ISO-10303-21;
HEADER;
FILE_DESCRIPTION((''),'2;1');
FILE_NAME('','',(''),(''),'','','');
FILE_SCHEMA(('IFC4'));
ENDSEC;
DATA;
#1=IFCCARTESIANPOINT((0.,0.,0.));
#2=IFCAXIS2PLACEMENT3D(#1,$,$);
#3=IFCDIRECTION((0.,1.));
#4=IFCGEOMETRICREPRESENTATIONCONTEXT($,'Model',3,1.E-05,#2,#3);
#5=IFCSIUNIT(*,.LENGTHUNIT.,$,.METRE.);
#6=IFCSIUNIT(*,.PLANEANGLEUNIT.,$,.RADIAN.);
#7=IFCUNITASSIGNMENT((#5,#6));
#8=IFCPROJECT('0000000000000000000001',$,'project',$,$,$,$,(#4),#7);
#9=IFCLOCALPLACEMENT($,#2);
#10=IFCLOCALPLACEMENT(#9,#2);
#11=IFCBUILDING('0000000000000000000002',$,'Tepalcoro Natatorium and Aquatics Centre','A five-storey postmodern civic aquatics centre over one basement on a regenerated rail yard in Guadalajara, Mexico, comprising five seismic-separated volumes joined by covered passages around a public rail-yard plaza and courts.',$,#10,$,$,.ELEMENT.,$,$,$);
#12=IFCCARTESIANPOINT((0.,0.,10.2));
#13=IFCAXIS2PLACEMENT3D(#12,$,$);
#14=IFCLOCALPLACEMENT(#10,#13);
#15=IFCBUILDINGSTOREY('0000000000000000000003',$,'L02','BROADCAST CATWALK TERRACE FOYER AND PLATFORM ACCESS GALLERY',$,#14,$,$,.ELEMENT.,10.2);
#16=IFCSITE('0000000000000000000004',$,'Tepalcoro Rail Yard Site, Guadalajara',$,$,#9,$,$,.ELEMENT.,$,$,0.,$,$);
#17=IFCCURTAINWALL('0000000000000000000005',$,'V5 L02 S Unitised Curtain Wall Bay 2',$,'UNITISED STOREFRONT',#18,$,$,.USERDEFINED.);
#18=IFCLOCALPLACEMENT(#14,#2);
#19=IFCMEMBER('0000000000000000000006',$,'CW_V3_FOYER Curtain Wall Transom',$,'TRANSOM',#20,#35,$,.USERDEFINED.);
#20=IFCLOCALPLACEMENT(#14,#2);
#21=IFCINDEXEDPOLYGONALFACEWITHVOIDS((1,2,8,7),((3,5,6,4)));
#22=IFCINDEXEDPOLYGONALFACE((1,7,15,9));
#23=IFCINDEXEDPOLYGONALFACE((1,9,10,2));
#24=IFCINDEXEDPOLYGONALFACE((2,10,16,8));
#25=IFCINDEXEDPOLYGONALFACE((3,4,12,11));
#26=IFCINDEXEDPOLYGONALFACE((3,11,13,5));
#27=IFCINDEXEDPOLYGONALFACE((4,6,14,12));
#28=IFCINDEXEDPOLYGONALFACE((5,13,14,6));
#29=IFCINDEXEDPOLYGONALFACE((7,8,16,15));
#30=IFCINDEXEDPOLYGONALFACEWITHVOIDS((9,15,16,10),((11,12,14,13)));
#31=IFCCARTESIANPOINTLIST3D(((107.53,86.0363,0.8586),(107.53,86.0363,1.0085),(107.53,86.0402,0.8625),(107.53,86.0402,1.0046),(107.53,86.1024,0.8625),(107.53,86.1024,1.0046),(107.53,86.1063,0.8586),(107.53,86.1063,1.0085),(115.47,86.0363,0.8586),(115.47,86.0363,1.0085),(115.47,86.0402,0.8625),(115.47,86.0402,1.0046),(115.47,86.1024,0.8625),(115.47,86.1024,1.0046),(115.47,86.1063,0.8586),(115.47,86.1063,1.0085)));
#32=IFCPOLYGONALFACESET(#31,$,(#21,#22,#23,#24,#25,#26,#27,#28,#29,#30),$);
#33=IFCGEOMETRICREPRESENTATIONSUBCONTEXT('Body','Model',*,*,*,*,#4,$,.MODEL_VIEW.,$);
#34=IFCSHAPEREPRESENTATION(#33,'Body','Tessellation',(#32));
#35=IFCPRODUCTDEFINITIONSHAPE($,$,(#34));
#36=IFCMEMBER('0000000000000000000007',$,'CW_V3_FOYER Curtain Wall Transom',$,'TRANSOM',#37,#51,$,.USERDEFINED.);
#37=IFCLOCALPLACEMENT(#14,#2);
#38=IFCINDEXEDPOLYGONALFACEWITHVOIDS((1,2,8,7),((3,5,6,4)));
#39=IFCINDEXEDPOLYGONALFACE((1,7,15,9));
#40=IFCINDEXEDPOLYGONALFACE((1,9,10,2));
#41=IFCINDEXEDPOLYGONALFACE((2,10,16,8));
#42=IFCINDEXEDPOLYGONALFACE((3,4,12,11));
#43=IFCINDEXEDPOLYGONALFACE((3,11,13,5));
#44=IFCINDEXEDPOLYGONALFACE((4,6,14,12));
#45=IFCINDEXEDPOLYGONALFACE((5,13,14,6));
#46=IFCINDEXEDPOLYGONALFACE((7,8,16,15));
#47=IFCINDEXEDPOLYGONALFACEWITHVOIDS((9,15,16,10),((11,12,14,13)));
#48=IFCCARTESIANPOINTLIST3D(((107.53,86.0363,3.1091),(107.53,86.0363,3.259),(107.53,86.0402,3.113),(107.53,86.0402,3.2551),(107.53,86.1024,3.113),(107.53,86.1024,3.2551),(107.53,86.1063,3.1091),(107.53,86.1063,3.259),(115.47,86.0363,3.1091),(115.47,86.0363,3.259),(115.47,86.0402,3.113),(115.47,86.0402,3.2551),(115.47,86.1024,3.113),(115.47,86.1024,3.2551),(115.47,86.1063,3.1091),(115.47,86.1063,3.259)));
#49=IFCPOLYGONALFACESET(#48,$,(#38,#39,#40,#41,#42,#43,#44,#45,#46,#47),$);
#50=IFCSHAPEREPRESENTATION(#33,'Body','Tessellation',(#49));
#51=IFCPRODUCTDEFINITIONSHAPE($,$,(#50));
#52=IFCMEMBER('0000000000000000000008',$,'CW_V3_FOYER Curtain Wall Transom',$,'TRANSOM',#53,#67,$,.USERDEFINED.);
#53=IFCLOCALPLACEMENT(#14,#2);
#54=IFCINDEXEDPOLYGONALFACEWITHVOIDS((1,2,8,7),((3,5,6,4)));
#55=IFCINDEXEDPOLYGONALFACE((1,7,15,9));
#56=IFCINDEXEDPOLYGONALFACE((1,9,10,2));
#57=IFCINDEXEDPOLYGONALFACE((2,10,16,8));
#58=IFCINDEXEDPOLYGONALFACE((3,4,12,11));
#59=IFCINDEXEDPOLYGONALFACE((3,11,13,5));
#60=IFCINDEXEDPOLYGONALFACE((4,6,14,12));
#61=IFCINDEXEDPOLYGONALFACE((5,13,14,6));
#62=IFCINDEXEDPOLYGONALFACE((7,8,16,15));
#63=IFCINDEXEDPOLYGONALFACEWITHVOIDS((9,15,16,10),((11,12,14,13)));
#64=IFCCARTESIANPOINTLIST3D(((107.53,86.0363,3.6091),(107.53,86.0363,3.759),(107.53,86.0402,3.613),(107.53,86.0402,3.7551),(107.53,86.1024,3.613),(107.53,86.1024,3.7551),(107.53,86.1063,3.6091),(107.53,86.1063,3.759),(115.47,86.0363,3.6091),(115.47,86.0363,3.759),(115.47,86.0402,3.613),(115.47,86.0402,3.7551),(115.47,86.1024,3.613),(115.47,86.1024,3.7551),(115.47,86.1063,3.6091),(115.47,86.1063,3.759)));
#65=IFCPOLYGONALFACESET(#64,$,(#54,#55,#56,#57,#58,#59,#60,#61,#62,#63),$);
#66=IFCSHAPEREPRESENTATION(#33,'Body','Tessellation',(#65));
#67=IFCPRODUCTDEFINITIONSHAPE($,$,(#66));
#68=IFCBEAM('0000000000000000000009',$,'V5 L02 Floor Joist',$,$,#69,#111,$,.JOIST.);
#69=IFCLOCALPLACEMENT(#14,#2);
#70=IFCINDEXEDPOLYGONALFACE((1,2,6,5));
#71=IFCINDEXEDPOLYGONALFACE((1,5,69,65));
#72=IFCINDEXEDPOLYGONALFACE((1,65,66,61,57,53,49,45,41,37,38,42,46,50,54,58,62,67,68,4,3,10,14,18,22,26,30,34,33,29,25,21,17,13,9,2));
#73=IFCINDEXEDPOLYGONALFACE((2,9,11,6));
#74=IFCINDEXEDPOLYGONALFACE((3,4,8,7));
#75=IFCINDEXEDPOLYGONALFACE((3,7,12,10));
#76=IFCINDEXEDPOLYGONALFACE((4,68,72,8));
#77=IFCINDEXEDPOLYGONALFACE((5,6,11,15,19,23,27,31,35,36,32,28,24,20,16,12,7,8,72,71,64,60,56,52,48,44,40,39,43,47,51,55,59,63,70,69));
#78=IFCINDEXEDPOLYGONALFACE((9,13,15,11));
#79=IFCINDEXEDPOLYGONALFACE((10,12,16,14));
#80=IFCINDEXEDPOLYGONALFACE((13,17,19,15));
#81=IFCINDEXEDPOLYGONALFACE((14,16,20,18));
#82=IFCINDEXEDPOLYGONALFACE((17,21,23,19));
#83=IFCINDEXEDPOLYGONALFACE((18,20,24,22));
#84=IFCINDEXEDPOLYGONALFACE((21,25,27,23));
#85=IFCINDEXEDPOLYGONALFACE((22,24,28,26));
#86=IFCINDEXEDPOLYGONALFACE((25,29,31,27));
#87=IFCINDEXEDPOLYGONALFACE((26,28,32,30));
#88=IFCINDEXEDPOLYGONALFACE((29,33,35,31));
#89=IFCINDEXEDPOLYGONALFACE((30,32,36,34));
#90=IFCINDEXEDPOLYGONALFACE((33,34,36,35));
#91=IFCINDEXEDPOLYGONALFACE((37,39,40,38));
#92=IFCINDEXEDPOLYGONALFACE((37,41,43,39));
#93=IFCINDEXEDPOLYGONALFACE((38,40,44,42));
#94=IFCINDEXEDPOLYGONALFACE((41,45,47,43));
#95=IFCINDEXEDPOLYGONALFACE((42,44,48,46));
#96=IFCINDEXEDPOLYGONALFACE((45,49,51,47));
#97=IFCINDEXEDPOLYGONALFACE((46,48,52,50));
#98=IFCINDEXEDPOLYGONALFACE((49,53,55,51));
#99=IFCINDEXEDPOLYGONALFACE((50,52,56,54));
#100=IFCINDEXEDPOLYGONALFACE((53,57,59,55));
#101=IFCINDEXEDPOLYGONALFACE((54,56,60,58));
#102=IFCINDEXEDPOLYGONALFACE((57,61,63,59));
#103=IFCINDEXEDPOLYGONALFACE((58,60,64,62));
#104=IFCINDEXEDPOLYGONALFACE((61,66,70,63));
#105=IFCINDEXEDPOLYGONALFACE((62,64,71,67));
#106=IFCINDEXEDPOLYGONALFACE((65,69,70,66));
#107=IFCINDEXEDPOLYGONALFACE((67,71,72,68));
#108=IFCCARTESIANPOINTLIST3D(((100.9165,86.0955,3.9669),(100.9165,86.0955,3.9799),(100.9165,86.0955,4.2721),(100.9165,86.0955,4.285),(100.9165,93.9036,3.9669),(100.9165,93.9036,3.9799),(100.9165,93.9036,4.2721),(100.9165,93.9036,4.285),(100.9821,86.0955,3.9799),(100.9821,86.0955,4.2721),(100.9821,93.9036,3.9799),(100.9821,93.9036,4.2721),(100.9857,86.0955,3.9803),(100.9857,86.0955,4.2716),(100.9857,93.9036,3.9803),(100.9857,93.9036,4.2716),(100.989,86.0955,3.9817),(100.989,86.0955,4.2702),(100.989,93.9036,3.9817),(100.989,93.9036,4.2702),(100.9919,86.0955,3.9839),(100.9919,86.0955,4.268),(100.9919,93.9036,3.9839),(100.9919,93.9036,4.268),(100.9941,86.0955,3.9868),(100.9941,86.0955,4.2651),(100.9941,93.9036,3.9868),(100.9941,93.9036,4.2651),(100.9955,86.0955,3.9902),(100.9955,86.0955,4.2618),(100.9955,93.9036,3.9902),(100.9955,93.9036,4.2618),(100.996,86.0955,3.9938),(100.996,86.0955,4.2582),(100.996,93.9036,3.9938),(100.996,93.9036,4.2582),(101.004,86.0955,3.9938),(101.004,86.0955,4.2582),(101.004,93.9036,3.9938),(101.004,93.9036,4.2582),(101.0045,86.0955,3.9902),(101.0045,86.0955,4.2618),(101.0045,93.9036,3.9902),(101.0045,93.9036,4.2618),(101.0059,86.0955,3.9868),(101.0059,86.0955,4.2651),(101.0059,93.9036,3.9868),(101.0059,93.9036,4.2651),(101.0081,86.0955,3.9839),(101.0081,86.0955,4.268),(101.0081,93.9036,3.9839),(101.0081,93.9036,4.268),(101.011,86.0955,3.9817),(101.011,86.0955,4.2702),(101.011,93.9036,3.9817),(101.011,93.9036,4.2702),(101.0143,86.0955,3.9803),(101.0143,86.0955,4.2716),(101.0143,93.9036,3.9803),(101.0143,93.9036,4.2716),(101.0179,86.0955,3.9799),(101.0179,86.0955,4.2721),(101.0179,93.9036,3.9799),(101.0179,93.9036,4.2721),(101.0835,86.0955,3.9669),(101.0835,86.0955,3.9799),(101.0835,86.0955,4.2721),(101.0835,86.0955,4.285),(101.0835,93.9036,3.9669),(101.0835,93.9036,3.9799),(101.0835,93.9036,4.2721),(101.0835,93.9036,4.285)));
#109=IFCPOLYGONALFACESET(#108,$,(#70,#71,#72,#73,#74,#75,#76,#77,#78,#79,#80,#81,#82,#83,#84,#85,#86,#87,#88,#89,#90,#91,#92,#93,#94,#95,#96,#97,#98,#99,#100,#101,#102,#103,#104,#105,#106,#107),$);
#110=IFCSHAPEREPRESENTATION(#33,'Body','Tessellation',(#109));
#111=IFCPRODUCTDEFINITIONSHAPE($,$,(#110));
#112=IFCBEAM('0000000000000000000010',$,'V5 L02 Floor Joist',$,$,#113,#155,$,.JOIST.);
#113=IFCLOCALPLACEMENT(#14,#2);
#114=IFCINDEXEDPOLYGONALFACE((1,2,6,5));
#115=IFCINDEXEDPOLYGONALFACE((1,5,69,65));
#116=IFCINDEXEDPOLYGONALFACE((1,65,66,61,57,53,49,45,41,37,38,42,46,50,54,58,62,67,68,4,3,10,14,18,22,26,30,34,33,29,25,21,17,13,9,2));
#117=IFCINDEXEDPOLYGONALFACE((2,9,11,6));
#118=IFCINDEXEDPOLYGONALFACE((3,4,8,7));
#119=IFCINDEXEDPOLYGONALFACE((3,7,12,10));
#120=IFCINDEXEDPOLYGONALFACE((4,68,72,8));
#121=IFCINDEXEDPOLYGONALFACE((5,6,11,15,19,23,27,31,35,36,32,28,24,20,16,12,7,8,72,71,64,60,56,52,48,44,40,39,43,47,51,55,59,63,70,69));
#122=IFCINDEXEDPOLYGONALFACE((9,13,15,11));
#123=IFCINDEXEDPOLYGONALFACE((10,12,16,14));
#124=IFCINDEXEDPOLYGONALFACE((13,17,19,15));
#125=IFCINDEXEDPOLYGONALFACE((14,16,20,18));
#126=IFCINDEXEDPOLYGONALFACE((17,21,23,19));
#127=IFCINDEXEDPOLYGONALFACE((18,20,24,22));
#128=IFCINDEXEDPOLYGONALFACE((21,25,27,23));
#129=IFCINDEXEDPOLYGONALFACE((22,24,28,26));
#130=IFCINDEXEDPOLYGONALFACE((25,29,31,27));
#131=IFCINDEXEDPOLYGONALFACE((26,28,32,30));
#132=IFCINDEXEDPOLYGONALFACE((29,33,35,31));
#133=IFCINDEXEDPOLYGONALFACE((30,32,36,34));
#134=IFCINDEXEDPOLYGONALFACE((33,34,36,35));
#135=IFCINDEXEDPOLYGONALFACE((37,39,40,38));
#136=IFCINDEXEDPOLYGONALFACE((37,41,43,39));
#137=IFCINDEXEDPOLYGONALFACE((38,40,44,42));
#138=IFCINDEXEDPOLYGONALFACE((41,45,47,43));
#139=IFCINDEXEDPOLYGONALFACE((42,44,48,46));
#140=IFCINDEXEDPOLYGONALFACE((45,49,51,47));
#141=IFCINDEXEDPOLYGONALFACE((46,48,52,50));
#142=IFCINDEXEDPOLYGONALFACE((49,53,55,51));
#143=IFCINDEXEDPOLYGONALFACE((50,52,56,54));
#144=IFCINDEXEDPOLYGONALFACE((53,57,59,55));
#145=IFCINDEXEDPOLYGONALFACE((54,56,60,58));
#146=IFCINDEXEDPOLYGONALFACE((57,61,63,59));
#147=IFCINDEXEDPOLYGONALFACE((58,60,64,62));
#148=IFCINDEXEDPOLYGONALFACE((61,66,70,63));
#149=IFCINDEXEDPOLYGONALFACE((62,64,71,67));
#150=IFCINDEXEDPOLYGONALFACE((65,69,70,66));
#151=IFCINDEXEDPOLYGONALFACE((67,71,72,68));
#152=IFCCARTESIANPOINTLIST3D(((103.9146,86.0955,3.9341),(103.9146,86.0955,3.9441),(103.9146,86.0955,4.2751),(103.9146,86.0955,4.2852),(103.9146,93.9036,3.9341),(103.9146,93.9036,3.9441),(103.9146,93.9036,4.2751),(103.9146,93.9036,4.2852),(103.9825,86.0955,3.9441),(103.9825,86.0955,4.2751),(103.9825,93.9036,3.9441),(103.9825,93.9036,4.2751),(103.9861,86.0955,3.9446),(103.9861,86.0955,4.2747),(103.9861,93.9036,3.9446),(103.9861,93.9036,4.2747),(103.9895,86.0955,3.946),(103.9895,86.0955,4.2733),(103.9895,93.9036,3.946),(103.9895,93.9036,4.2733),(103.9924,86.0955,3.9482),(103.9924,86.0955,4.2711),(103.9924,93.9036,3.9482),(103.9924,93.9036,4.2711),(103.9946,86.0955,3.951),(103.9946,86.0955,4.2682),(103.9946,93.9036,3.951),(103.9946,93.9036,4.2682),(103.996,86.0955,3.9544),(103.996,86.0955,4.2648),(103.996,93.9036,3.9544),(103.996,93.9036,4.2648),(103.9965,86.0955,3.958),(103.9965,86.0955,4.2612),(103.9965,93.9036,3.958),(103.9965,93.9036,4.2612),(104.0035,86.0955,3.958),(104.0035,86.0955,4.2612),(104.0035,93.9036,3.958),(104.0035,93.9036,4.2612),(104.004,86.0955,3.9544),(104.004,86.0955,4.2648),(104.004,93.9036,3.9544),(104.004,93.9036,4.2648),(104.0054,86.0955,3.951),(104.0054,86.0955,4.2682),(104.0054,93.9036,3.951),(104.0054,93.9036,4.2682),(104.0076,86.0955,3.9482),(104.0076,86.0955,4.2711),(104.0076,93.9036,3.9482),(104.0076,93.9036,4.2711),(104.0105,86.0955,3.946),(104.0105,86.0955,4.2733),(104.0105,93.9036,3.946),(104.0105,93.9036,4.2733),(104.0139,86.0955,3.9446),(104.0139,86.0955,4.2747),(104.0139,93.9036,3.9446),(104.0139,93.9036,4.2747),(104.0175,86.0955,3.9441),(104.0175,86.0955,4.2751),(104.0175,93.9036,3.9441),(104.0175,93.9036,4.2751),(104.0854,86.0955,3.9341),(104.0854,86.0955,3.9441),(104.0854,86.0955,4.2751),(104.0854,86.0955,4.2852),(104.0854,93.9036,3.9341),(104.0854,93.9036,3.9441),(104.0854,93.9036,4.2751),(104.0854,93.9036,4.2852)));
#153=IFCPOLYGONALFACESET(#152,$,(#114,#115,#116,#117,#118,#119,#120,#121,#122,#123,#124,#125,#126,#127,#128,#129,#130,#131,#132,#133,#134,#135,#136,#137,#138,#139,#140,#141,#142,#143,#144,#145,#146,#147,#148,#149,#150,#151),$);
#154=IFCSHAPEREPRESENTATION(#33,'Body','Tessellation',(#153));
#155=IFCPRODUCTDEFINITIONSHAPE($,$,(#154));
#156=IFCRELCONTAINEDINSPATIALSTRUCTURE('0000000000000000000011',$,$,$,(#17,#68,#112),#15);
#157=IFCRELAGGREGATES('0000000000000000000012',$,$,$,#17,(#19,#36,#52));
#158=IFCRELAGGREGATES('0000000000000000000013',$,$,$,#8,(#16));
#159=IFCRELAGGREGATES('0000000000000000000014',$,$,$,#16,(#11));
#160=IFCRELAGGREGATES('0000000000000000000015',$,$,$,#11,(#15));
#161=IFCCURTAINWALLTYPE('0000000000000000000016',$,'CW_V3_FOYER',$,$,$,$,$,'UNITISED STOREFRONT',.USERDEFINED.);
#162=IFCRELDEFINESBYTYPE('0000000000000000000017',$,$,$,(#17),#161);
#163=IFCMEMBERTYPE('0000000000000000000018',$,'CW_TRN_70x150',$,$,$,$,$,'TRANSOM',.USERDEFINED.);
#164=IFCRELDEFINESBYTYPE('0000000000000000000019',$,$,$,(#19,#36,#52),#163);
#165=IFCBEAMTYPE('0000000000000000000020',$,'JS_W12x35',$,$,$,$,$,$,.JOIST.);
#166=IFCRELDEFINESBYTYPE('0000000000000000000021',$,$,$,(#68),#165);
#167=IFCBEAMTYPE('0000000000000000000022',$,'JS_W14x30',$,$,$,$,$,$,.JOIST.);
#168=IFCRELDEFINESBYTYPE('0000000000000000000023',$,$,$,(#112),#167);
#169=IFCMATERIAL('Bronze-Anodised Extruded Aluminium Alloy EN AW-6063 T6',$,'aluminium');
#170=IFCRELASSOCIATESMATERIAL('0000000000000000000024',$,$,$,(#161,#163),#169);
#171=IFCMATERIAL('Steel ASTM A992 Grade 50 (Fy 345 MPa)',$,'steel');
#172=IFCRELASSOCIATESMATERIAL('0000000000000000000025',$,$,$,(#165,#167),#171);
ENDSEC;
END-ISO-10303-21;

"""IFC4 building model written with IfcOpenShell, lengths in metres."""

from ifc_helpers import new_model, si_unit, direction, frame, origin, origin_2d, place, context, subcontext, project, spatial, hollow_rectangle, i_section, extrude, material, material_profile, profile_set, type_object, element, aggregate, save


model = new_model("IFC4")

# Units and contexts
model_context = context("Model", 3, precision=1e-05, world=origin(), true_north=direction((0.0, 1.0)))
body_context = subcontext(model_context, "Body", "Model", "MODEL_VIEW")
ifc_project = project(units=[si_unit("LENGTHUNIT", "METRE"), si_unit("PLANEANGLEUNIT", "RADIAN")], contexts=[model_context])

# Site, building, storey
site_placement = place(None, origin())
site = spatial("IfcSite", under=ifc_project, at=site_placement, Name="Tepalcoro Rail Yard Site, Guadalajara", CompositionType="ELEMENT", RefElevation=0.0)
building_placement = place(site_placement, origin())
building = spatial("IfcBuilding", under=site, at=building_placement, Name="Tepalcoro Natatorium and Aquatics Centre", Description="A five-storey postmodern civic aquatics centre over one basement on a regenerated rail yard in Guadalajara, Mexico, comprising five seismic-separated volumes joined by covered passages around a public rail-yard plaza and courts.", CompositionType="ELEMENT")
storey_placement = place(building_placement, frame((0.0, 0.0, 10.2)))
storey = spatial("IfcBuildingStorey", under=building, at=storey_placement, Name="L02", Description="BROADCAST CATWALK TERRACE FOYER AND PLATFORM ACCESS GALLERY", CompositionType="ELEMENT", Elevation=10.2)

# Shared definitions
ifc_material_1 = material(Name="Steel ASTM A992 Grade 50 (Fy 345 MPa)", Category="steel")

# Curtain wall, members
ifc_material_2 = material(Name="Bronze-Anodised Extruded Aluminium Alloy EN AW-6063 T6", Category="aluminium")
curtain_wall_type = type_object("IfcCurtainWallType", Name="CW_V3_FOYER", ElementType="UNITISED STOREFRONT", PredefinedType="USERDEFINED", material=ifc_material_2)
curtain_wall_placement = place(storey_placement, origin())
curtain_wall = element("IfcCurtainWall", 1, at=curtain_wall_placement, inside=storey, type_object=curtain_wall_type, Name="V5 L02 S Unitised Curtain Wall Bay 2", ObjectType="UNITISED STOREFRONT", PredefinedType="USERDEFINED")
ifc_material_profile_1 = material_profile(ifc_material_2, hollow_rectangle(XDim=0.0701, YDim=0.1499, WallThickness=0.0039, at=origin_2d()), Name="AL70X150X4")
ifc_profile_set_1 = profile_set([ifc_material_profile_1], Name="Bronze-Anodised Extruded Aluminium Alloy EN AW-6063 T6")
member_type_1 = type_object("IfcMemberType", Name="CW_TRN_70x150", ElementType="TRANSOM", PredefinedType="USERDEFINED", material=ifc_profile_set_1)
member_1_placement = place(storey_placement, frame((107.53, 86.0713, 0.9336), z_axis=(1.0, 0.0, 0.0), x_axis=(0.0, 1.0, 0.0)))
member_1 = element("IfcMember", 2, at=member_1_placement, type_object=member_type_1, Name="CW_V3_FOYER Curtain Wall Transom", ObjectType="TRANSOM", PredefinedType="USERDEFINED", context=body_context, shape_type="SweptSolid", body=[
    extrude(hollow_rectangle(XDim=0.0701, YDim=0.1499, WallThickness=0.0039, at=origin_2d()), origin(), (0.0, 0.0, 1.0), 7.9399),
])
member_2_placement = place(storey_placement, frame((107.53, 86.0713, 3.1841), z_axis=(1.0, 0.0, 0.0), x_axis=(0.0, 1.0, 0.0)))
member_2 = element("IfcMember", 3, at=member_2_placement, type_object=member_type_1, Name="CW_V3_FOYER Curtain Wall Transom", ObjectType="TRANSOM", PredefinedType="USERDEFINED", context=body_context, shape_type="SweptSolid", body=[
    extrude(hollow_rectangle(XDim=0.0701, YDim=0.1499, WallThickness=0.0039, at=origin_2d()), origin(), (0.0, 0.0, 1.0), 7.9399),
])
member_3_placement = place(storey_placement, frame((107.53, 86.0713, 3.6841), z_axis=(1.0, 0.0, 0.0), x_axis=(0.0, 1.0, 0.0)))
member_3 = element("IfcMember", 4, at=member_3_placement, type_object=member_type_1, Name="CW_V3_FOYER Curtain Wall Transom", ObjectType="TRANSOM", PredefinedType="USERDEFINED", context=body_context, shape_type="SweptSolid", body=[
    extrude(hollow_rectangle(XDim=0.0701, YDim=0.1499, WallThickness=0.0039, at=origin_2d()), origin(), (0.0, 0.0, 1.0), 7.9399),
])

# Beams
ifc_material_profile_2 = material_profile(ifc_material_1, i_section(OverallWidth=0.167, OverallDepth=0.3181, WebThickness=0.0081, FlangeThickness=0.0129, FilletRadius=0.0139, at=origin_2d()), Name="W12X35")
ifc_profile_set_2 = profile_set([ifc_material_profile_2], Name="Steel ASTM A992 Grade 50 (Fy 345 MPa)")
beam_type_1 = type_object("IfcBeamType", Name="JS_W12x35", PredefinedType="JOIST", material=ifc_profile_set_2)
beam_1_placement = place(storey_placement, frame((101.0, 86.0955, 4.126), z_axis=(0.0, 1.0, 0.0), x_axis=(-1.0, 0.0, 0.0)))
element("IfcBeam", 5, at=beam_1_placement, inside=storey, type_object=beam_type_1, Name="V5 L02 Floor Joist", PredefinedType="JOIST", context=body_context, shape_type="SweptSolid", body=[
    extrude(i_section(OverallWidth=0.167, OverallDepth=0.3181, WebThickness=0.0081, FlangeThickness=0.0129, FilletRadius=0.0139, at=origin_2d()), origin(), (0.0, 0.0, 1.0), 7.8081),
])
ifc_material_profile_3 = material_profile(ifc_material_1, i_section(OverallWidth=0.1709, OverallDepth=0.3511, WebThickness=0.0071, FlangeThickness=0.01, FilletRadius=0.0139, at=origin_2d()), Name="W14X30")
ifc_profile_set_3 = profile_set([ifc_material_profile_3], Name="Steel ASTM A992 Grade 50 (Fy 345 MPa)")
beam_type_2 = type_object("IfcBeamType", Name="JS_W14x30", PredefinedType="JOIST", material=ifc_profile_set_3)
beam_2_placement = place(storey_placement, frame((104.0, 86.0955, 4.1096), z_axis=(0.0, 1.0, 0.0), x_axis=(-1.0, 0.0, 0.0)))
element("IfcBeam", 6, at=beam_2_placement, inside=storey, type_object=beam_type_2, Name="V5 L02 Floor Joist", PredefinedType="JOIST", context=body_context, shape_type="SweptSolid", body=[
    extrude(i_section(OverallWidth=0.1709, OverallDepth=0.3511, WebThickness=0.0071, FlangeThickness=0.01, FilletRadius=0.0139, at=origin_2d()), origin(), (0.0, 0.0, 1.0), 7.8081),
])

aggregate(curtain_wall, [member_1, member_2, member_3])

save(model, "model.ifc")
